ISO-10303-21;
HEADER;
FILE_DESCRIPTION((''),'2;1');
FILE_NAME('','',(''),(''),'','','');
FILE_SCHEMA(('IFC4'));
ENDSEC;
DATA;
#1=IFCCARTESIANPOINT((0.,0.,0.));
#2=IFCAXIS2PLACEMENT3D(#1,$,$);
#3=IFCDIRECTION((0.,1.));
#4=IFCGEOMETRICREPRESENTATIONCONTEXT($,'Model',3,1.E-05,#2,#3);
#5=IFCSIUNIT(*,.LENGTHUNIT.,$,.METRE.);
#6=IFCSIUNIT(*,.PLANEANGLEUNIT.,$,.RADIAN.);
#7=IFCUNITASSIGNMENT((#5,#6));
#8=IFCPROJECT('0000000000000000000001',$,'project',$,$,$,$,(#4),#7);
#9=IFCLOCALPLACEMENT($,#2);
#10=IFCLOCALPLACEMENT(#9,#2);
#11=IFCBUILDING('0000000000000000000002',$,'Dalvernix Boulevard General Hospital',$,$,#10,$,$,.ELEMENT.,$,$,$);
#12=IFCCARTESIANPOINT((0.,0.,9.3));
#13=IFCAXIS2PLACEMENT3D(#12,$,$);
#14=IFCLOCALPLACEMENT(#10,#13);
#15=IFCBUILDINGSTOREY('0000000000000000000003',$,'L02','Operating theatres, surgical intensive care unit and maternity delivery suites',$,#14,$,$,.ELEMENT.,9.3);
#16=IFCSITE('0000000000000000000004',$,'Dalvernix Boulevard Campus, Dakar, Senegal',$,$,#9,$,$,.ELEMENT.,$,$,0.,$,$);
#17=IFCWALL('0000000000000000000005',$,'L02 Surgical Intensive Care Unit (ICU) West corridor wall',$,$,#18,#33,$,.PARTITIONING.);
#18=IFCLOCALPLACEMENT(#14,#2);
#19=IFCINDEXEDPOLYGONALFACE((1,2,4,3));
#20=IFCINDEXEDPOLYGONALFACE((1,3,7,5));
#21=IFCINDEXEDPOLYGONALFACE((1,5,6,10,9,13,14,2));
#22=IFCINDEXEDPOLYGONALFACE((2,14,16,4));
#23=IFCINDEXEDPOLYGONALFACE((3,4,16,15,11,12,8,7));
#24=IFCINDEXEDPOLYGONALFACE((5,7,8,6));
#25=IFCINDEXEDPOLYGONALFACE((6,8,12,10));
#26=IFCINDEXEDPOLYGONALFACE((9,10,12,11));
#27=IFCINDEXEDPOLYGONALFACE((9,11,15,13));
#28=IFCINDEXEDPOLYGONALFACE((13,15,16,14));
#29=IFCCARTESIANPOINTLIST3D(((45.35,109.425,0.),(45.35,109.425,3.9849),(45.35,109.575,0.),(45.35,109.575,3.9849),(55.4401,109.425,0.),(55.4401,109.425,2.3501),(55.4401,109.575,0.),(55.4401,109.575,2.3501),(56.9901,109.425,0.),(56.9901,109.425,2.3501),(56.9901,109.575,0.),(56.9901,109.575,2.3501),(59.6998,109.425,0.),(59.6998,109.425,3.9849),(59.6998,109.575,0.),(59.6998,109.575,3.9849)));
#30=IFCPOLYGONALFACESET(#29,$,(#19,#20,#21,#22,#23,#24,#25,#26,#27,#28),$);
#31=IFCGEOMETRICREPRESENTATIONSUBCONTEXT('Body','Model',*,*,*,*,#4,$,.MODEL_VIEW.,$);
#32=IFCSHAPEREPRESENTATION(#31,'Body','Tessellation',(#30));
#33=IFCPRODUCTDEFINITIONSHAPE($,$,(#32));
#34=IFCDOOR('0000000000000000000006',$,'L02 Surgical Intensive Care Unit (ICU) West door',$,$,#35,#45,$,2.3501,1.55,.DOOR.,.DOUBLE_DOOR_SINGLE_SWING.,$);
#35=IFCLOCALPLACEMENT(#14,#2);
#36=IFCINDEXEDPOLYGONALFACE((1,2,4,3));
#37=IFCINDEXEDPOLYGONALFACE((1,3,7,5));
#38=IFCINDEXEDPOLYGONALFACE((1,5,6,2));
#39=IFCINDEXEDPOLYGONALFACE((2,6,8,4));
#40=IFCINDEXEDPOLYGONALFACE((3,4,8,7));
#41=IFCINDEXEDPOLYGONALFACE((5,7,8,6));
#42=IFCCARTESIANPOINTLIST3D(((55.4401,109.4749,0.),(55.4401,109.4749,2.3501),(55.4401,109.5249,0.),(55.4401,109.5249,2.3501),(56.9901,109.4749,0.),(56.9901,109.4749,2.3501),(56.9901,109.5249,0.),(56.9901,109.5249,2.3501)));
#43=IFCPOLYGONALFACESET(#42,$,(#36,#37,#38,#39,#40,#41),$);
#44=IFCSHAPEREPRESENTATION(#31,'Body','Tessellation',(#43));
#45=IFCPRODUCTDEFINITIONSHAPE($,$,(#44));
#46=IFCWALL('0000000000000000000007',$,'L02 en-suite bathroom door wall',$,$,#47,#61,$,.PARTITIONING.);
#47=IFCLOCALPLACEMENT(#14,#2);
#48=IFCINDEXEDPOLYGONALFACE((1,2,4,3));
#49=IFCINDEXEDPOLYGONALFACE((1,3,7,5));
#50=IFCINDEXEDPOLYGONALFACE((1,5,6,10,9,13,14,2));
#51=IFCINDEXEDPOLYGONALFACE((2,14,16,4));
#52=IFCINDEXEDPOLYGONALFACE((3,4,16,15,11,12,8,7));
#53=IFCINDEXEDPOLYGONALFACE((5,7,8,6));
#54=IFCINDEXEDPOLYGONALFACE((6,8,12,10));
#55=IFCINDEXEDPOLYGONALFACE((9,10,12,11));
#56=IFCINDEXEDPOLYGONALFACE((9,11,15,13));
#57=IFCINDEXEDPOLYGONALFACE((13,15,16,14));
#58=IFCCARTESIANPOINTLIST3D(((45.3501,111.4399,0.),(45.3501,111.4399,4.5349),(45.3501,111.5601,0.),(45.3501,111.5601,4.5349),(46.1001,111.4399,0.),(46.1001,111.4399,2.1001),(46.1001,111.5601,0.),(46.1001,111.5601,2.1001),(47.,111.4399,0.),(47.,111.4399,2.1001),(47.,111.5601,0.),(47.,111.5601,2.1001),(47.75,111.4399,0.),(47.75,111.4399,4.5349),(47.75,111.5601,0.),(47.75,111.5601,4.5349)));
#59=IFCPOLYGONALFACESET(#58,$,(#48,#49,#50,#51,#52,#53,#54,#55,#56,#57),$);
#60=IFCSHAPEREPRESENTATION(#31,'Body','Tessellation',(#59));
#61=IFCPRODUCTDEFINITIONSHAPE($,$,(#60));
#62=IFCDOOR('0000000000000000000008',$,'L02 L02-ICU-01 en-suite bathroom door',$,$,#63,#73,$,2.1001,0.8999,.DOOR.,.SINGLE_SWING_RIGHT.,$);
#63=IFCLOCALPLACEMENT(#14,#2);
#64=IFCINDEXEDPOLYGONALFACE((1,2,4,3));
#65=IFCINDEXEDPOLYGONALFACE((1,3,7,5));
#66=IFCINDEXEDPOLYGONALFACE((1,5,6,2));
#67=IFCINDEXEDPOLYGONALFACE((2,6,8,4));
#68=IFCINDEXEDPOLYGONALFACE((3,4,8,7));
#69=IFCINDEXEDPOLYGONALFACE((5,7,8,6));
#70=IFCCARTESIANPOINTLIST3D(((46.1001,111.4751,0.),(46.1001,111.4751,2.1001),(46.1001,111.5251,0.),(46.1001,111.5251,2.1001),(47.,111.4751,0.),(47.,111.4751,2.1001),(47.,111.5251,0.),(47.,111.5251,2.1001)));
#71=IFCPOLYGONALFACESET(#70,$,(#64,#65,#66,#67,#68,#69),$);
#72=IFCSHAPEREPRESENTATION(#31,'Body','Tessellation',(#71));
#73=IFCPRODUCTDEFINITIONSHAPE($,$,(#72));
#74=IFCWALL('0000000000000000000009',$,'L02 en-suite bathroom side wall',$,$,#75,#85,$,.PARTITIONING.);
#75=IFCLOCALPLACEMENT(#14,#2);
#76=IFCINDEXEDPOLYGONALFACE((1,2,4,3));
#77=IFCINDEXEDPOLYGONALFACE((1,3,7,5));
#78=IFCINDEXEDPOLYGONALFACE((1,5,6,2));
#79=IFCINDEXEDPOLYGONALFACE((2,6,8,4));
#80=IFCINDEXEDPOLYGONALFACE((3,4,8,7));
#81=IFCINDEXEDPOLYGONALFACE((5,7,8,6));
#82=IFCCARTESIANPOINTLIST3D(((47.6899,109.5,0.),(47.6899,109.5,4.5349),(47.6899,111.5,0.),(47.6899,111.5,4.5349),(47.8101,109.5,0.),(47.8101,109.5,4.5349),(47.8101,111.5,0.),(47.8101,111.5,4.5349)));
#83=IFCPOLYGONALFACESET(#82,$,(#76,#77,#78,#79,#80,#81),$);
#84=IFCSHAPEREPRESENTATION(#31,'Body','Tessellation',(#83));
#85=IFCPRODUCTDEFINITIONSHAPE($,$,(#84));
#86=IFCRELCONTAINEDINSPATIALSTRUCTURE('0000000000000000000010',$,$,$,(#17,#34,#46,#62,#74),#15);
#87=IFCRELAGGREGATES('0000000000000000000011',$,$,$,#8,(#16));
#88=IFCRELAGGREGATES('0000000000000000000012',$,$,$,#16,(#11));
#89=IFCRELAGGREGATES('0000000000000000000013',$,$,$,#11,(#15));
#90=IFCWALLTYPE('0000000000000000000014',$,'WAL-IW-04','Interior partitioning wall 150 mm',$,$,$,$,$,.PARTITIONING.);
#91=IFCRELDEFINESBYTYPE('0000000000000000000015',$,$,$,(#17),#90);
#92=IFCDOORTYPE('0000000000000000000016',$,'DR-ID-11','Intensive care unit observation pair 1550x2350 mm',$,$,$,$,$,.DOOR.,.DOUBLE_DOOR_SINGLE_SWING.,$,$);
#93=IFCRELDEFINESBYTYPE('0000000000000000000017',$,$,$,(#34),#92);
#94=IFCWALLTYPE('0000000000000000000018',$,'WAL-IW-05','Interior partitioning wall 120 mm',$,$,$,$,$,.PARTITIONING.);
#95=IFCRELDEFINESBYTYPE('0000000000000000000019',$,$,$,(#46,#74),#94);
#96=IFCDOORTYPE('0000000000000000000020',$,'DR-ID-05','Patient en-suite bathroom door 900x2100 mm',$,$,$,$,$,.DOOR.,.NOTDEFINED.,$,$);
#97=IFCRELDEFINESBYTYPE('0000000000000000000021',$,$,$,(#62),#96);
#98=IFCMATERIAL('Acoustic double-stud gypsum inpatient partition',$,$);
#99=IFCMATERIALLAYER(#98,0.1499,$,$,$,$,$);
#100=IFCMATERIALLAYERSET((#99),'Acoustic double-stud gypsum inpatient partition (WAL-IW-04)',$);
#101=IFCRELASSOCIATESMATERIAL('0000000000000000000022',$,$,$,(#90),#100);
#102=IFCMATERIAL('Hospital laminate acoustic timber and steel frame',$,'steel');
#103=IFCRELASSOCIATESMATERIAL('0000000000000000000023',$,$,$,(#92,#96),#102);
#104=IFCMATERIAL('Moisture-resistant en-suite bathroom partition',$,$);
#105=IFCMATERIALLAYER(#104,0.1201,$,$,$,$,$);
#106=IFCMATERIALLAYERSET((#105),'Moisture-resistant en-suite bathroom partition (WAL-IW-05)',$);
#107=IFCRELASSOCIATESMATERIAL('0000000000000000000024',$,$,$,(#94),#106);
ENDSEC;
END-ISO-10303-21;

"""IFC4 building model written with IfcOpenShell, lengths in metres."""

from ifc_helpers import new_model, si_unit, direction, frame, frame_2d, origin, place, context, subcontext, project, spatial, rectangle, extrude, material, layer, layer_set, type_object, element, fill, save


model = new_model("IFC4")

# Units and contexts
model_context = context("Model", 3, precision=1e-05, world=origin(), true_north=direction((0.0, 1.0)))
body_context = subcontext(model_context, "Body", "Model", "MODEL_VIEW")
ifc_project = project(units=[si_unit("LENGTHUNIT", "METRE"), si_unit("PLANEANGLEUNIT", "RADIAN")], contexts=[model_context])

# Site, building, storey
site_placement = place(None, origin())
site = spatial("IfcSite", under=ifc_project, at=site_placement, Name="Dalvernix Boulevard Campus, Dakar, Senegal", CompositionType="ELEMENT", RefElevation=0.0)
building_placement = place(site_placement, origin())
building = spatial("IfcBuilding", under=site, at=building_placement, Name="Dalvernix Boulevard General Hospital", CompositionType="ELEMENT")
storey_placement = place(building_placement, frame((0.0, 0.0, 9.3)))
storey = spatial("IfcBuildingStorey", under=building, at=storey_placement, Name="L02", Description="Operating theatres, surgical intensive care unit and maternity delivery suites", CompositionType="ELEMENT", Elevation=9.3)

# Walls, openings, doors
ifc_material_1 = material(Name="Acoustic double-stud gypsum inpatient partition")
ifc_layer_1 = layer(ifc_material_1, 0.1499)
ifc_layer_set_1 = layer_set([ifc_layer_1], Name="Acoustic double-stud gypsum inpatient partition (WAL-IW-04)")
wall_type_1 = type_object("IfcWallType", Name="WAL-IW-04", Description="Interior partitioning wall 150 mm", PredefinedType="PARTITIONING", material=ifc_layer_set_1)
wall_1_placement = place(storey_placement, frame((45.3501, 109.5, 0.0), z_axis=(0.0, 0.0, 1.0), x_axis=(1.0, 0.0, 0.0)))
wall_1 = element("IfcWall", 1, at=wall_1_placement, inside=storey, type_object=wall_type_1, Name="L02 Surgical Intensive Care Unit (ICU) West corridor wall", PredefinedType="PARTITIONING", context=body_context, shape_type="SweptSolid", body=[
    extrude(rectangle(XDim=14.3499, YDim=0.1499, at=frame_2d((7.1748, 0.0))), origin(), (0.0, 0.0, 1.0), 3.9849),
])
opening_1_placement = place(wall_1_placement, frame((10.0901, 0.0, 0.0)))
opening_1 = element("IfcOpeningElement", 2, at=opening_1_placement, cuts=wall_1, PredefinedType="OPENING", context=body_context, shape_type="SweptSolid", body=[
    extrude(rectangle(XDim=1.55, YDim=2.3501, at=frame_2d((0.7749, 1.175))), frame((0.0, 0.085, 0.0), z_axis=(0.0, -1.0, 0.0), x_axis=(1.0, 0.0, 0.0)), (0.0, 0.0, 1.0), 0.1699),
])
ifc_material_2 = material(Name="Hospital laminate acoustic timber and steel frame", Category="steel")
door_type_1 = type_object("IfcDoorType", Name="DR-ID-11", Description="Intensive care unit observation pair 1550x2350 mm", OperationType="DOUBLE_DOOR_SINGLE_SWING", PredefinedType="DOOR", material=ifc_material_2)
door_1_placement = place(opening_1_placement, origin())
door_1 = element("IfcDoor", 3, at=door_1_placement, inside=storey, type_object=door_type_1, Name="L02 Surgical Intensive Care Unit (ICU) West door", OperationType="DOUBLE_DOOR_SINGLE_SWING", OverallHeight=2.3501, OverallWidth=1.55, PredefinedType="DOOR", context=body_context, shape_type="SweptSolid", body=[
    extrude(rectangle(XDim=1.55, YDim=2.3501, at=frame_2d((0.7749, 1.175))), frame((0.0, 0.0249, 0.0), z_axis=(0.0, -1.0, 0.0), x_axis=(1.0, 0.0, 0.0)), (0.0, 0.0, 1.0), 0.05),
])
fill(opening_1, door_1)
ifc_material_3 = material(Name="Moisture-resistant en-suite bathroom partition")
ifc_layer_2 = layer(ifc_material_3, 0.1201)
ifc_layer_set_2 = layer_set([ifc_layer_2], Name="Moisture-resistant en-suite bathroom partition (WAL-IW-05)")
wall_type_2 = type_object("IfcWallType", Name="WAL-IW-05", Description="Interior partitioning wall 120 mm", PredefinedType="PARTITIONING", material=ifc_layer_set_2)
wall_2_placement = place(storey_placement, frame((47.75, 111.5, 0.0), z_axis=(0.0, 0.0, 1.0), x_axis=(-1.0, 0.0, 0.0)))
wall_2 = element("IfcWall", 4, at=wall_2_placement, inside=storey, type_object=wall_type_2, Name="L02 en-suite bathroom door wall", PredefinedType="PARTITIONING", context=body_context, shape_type="SweptSolid", body=[
    extrude(rectangle(XDim=2.3999, YDim=0.1201, at=frame_2d((1.2, 0.0))), origin(), (0.0, 0.0, 1.0), 4.5349),
])
opening_2_placement = place(wall_2_placement, frame((0.75, 0.0, 0.0)))
opening_2 = element("IfcOpeningElement", 5, at=opening_2_placement, cuts=wall_2, PredefinedType="OPENING", context=body_context, shape_type="SweptSolid", body=[
    extrude(rectangle(XDim=0.8999, YDim=2.1001, at=frame_2d((0.45, 1.05))), frame((0.0, 0.0701, 0.0), z_axis=(0.0, -1.0, 0.0), x_axis=(1.0, 0.0, 0.0)), (0.0, 0.0, 1.0), 0.1401),
])
door_type_2 = type_object("IfcDoorType", Name="DR-ID-05", Description="Patient en-suite bathroom door 900x2100 mm", OperationType="NOTDEFINED", PredefinedType="DOOR", material=ifc_material_2)
door_2_placement = place(opening_2_placement, origin())
door_2 = element("IfcDoor", 6, at=door_2_placement, inside=storey, type_object=door_type_2, Name="L02 L02-ICU-01 en-suite bathroom door", OperationType="SINGLE_SWING_RIGHT", OverallHeight=2.1001, OverallWidth=0.8999, PredefinedType="DOOR", context=body_context, shape_type="SweptSolid", body=[
    extrude(rectangle(XDim=0.8999, YDim=2.1001, at=frame_2d((0.45, 1.05))), frame((0.0, 0.0249, 0.0), z_axis=(0.0, -1.0, 0.0), x_axis=(1.0, 0.0, 0.0)), (0.0, 0.0, 1.0), 0.05),
])
fill(opening_2, door_2)

# Wall
wall_3_placement = place(storey_placement, frame((47.75, 109.5, 0.0), z_axis=(0.0, 0.0, 1.0), x_axis=(0.0, 1.0, 0.0)))
element("IfcWall", 7, at=wall_3_placement, inside=storey, type_object=wall_type_2, Name="L02 en-suite bathroom side wall", PredefinedType="PARTITIONING", context=body_context, shape_type="SweptSolid", body=[
    extrude(rectangle(XDim=2.0, YDim=0.1201, at=frame_2d((1.0, 0.0))), origin(), (0.0, 0.0, 1.0), 4.5349),
])

save(model, "model.ifc")
